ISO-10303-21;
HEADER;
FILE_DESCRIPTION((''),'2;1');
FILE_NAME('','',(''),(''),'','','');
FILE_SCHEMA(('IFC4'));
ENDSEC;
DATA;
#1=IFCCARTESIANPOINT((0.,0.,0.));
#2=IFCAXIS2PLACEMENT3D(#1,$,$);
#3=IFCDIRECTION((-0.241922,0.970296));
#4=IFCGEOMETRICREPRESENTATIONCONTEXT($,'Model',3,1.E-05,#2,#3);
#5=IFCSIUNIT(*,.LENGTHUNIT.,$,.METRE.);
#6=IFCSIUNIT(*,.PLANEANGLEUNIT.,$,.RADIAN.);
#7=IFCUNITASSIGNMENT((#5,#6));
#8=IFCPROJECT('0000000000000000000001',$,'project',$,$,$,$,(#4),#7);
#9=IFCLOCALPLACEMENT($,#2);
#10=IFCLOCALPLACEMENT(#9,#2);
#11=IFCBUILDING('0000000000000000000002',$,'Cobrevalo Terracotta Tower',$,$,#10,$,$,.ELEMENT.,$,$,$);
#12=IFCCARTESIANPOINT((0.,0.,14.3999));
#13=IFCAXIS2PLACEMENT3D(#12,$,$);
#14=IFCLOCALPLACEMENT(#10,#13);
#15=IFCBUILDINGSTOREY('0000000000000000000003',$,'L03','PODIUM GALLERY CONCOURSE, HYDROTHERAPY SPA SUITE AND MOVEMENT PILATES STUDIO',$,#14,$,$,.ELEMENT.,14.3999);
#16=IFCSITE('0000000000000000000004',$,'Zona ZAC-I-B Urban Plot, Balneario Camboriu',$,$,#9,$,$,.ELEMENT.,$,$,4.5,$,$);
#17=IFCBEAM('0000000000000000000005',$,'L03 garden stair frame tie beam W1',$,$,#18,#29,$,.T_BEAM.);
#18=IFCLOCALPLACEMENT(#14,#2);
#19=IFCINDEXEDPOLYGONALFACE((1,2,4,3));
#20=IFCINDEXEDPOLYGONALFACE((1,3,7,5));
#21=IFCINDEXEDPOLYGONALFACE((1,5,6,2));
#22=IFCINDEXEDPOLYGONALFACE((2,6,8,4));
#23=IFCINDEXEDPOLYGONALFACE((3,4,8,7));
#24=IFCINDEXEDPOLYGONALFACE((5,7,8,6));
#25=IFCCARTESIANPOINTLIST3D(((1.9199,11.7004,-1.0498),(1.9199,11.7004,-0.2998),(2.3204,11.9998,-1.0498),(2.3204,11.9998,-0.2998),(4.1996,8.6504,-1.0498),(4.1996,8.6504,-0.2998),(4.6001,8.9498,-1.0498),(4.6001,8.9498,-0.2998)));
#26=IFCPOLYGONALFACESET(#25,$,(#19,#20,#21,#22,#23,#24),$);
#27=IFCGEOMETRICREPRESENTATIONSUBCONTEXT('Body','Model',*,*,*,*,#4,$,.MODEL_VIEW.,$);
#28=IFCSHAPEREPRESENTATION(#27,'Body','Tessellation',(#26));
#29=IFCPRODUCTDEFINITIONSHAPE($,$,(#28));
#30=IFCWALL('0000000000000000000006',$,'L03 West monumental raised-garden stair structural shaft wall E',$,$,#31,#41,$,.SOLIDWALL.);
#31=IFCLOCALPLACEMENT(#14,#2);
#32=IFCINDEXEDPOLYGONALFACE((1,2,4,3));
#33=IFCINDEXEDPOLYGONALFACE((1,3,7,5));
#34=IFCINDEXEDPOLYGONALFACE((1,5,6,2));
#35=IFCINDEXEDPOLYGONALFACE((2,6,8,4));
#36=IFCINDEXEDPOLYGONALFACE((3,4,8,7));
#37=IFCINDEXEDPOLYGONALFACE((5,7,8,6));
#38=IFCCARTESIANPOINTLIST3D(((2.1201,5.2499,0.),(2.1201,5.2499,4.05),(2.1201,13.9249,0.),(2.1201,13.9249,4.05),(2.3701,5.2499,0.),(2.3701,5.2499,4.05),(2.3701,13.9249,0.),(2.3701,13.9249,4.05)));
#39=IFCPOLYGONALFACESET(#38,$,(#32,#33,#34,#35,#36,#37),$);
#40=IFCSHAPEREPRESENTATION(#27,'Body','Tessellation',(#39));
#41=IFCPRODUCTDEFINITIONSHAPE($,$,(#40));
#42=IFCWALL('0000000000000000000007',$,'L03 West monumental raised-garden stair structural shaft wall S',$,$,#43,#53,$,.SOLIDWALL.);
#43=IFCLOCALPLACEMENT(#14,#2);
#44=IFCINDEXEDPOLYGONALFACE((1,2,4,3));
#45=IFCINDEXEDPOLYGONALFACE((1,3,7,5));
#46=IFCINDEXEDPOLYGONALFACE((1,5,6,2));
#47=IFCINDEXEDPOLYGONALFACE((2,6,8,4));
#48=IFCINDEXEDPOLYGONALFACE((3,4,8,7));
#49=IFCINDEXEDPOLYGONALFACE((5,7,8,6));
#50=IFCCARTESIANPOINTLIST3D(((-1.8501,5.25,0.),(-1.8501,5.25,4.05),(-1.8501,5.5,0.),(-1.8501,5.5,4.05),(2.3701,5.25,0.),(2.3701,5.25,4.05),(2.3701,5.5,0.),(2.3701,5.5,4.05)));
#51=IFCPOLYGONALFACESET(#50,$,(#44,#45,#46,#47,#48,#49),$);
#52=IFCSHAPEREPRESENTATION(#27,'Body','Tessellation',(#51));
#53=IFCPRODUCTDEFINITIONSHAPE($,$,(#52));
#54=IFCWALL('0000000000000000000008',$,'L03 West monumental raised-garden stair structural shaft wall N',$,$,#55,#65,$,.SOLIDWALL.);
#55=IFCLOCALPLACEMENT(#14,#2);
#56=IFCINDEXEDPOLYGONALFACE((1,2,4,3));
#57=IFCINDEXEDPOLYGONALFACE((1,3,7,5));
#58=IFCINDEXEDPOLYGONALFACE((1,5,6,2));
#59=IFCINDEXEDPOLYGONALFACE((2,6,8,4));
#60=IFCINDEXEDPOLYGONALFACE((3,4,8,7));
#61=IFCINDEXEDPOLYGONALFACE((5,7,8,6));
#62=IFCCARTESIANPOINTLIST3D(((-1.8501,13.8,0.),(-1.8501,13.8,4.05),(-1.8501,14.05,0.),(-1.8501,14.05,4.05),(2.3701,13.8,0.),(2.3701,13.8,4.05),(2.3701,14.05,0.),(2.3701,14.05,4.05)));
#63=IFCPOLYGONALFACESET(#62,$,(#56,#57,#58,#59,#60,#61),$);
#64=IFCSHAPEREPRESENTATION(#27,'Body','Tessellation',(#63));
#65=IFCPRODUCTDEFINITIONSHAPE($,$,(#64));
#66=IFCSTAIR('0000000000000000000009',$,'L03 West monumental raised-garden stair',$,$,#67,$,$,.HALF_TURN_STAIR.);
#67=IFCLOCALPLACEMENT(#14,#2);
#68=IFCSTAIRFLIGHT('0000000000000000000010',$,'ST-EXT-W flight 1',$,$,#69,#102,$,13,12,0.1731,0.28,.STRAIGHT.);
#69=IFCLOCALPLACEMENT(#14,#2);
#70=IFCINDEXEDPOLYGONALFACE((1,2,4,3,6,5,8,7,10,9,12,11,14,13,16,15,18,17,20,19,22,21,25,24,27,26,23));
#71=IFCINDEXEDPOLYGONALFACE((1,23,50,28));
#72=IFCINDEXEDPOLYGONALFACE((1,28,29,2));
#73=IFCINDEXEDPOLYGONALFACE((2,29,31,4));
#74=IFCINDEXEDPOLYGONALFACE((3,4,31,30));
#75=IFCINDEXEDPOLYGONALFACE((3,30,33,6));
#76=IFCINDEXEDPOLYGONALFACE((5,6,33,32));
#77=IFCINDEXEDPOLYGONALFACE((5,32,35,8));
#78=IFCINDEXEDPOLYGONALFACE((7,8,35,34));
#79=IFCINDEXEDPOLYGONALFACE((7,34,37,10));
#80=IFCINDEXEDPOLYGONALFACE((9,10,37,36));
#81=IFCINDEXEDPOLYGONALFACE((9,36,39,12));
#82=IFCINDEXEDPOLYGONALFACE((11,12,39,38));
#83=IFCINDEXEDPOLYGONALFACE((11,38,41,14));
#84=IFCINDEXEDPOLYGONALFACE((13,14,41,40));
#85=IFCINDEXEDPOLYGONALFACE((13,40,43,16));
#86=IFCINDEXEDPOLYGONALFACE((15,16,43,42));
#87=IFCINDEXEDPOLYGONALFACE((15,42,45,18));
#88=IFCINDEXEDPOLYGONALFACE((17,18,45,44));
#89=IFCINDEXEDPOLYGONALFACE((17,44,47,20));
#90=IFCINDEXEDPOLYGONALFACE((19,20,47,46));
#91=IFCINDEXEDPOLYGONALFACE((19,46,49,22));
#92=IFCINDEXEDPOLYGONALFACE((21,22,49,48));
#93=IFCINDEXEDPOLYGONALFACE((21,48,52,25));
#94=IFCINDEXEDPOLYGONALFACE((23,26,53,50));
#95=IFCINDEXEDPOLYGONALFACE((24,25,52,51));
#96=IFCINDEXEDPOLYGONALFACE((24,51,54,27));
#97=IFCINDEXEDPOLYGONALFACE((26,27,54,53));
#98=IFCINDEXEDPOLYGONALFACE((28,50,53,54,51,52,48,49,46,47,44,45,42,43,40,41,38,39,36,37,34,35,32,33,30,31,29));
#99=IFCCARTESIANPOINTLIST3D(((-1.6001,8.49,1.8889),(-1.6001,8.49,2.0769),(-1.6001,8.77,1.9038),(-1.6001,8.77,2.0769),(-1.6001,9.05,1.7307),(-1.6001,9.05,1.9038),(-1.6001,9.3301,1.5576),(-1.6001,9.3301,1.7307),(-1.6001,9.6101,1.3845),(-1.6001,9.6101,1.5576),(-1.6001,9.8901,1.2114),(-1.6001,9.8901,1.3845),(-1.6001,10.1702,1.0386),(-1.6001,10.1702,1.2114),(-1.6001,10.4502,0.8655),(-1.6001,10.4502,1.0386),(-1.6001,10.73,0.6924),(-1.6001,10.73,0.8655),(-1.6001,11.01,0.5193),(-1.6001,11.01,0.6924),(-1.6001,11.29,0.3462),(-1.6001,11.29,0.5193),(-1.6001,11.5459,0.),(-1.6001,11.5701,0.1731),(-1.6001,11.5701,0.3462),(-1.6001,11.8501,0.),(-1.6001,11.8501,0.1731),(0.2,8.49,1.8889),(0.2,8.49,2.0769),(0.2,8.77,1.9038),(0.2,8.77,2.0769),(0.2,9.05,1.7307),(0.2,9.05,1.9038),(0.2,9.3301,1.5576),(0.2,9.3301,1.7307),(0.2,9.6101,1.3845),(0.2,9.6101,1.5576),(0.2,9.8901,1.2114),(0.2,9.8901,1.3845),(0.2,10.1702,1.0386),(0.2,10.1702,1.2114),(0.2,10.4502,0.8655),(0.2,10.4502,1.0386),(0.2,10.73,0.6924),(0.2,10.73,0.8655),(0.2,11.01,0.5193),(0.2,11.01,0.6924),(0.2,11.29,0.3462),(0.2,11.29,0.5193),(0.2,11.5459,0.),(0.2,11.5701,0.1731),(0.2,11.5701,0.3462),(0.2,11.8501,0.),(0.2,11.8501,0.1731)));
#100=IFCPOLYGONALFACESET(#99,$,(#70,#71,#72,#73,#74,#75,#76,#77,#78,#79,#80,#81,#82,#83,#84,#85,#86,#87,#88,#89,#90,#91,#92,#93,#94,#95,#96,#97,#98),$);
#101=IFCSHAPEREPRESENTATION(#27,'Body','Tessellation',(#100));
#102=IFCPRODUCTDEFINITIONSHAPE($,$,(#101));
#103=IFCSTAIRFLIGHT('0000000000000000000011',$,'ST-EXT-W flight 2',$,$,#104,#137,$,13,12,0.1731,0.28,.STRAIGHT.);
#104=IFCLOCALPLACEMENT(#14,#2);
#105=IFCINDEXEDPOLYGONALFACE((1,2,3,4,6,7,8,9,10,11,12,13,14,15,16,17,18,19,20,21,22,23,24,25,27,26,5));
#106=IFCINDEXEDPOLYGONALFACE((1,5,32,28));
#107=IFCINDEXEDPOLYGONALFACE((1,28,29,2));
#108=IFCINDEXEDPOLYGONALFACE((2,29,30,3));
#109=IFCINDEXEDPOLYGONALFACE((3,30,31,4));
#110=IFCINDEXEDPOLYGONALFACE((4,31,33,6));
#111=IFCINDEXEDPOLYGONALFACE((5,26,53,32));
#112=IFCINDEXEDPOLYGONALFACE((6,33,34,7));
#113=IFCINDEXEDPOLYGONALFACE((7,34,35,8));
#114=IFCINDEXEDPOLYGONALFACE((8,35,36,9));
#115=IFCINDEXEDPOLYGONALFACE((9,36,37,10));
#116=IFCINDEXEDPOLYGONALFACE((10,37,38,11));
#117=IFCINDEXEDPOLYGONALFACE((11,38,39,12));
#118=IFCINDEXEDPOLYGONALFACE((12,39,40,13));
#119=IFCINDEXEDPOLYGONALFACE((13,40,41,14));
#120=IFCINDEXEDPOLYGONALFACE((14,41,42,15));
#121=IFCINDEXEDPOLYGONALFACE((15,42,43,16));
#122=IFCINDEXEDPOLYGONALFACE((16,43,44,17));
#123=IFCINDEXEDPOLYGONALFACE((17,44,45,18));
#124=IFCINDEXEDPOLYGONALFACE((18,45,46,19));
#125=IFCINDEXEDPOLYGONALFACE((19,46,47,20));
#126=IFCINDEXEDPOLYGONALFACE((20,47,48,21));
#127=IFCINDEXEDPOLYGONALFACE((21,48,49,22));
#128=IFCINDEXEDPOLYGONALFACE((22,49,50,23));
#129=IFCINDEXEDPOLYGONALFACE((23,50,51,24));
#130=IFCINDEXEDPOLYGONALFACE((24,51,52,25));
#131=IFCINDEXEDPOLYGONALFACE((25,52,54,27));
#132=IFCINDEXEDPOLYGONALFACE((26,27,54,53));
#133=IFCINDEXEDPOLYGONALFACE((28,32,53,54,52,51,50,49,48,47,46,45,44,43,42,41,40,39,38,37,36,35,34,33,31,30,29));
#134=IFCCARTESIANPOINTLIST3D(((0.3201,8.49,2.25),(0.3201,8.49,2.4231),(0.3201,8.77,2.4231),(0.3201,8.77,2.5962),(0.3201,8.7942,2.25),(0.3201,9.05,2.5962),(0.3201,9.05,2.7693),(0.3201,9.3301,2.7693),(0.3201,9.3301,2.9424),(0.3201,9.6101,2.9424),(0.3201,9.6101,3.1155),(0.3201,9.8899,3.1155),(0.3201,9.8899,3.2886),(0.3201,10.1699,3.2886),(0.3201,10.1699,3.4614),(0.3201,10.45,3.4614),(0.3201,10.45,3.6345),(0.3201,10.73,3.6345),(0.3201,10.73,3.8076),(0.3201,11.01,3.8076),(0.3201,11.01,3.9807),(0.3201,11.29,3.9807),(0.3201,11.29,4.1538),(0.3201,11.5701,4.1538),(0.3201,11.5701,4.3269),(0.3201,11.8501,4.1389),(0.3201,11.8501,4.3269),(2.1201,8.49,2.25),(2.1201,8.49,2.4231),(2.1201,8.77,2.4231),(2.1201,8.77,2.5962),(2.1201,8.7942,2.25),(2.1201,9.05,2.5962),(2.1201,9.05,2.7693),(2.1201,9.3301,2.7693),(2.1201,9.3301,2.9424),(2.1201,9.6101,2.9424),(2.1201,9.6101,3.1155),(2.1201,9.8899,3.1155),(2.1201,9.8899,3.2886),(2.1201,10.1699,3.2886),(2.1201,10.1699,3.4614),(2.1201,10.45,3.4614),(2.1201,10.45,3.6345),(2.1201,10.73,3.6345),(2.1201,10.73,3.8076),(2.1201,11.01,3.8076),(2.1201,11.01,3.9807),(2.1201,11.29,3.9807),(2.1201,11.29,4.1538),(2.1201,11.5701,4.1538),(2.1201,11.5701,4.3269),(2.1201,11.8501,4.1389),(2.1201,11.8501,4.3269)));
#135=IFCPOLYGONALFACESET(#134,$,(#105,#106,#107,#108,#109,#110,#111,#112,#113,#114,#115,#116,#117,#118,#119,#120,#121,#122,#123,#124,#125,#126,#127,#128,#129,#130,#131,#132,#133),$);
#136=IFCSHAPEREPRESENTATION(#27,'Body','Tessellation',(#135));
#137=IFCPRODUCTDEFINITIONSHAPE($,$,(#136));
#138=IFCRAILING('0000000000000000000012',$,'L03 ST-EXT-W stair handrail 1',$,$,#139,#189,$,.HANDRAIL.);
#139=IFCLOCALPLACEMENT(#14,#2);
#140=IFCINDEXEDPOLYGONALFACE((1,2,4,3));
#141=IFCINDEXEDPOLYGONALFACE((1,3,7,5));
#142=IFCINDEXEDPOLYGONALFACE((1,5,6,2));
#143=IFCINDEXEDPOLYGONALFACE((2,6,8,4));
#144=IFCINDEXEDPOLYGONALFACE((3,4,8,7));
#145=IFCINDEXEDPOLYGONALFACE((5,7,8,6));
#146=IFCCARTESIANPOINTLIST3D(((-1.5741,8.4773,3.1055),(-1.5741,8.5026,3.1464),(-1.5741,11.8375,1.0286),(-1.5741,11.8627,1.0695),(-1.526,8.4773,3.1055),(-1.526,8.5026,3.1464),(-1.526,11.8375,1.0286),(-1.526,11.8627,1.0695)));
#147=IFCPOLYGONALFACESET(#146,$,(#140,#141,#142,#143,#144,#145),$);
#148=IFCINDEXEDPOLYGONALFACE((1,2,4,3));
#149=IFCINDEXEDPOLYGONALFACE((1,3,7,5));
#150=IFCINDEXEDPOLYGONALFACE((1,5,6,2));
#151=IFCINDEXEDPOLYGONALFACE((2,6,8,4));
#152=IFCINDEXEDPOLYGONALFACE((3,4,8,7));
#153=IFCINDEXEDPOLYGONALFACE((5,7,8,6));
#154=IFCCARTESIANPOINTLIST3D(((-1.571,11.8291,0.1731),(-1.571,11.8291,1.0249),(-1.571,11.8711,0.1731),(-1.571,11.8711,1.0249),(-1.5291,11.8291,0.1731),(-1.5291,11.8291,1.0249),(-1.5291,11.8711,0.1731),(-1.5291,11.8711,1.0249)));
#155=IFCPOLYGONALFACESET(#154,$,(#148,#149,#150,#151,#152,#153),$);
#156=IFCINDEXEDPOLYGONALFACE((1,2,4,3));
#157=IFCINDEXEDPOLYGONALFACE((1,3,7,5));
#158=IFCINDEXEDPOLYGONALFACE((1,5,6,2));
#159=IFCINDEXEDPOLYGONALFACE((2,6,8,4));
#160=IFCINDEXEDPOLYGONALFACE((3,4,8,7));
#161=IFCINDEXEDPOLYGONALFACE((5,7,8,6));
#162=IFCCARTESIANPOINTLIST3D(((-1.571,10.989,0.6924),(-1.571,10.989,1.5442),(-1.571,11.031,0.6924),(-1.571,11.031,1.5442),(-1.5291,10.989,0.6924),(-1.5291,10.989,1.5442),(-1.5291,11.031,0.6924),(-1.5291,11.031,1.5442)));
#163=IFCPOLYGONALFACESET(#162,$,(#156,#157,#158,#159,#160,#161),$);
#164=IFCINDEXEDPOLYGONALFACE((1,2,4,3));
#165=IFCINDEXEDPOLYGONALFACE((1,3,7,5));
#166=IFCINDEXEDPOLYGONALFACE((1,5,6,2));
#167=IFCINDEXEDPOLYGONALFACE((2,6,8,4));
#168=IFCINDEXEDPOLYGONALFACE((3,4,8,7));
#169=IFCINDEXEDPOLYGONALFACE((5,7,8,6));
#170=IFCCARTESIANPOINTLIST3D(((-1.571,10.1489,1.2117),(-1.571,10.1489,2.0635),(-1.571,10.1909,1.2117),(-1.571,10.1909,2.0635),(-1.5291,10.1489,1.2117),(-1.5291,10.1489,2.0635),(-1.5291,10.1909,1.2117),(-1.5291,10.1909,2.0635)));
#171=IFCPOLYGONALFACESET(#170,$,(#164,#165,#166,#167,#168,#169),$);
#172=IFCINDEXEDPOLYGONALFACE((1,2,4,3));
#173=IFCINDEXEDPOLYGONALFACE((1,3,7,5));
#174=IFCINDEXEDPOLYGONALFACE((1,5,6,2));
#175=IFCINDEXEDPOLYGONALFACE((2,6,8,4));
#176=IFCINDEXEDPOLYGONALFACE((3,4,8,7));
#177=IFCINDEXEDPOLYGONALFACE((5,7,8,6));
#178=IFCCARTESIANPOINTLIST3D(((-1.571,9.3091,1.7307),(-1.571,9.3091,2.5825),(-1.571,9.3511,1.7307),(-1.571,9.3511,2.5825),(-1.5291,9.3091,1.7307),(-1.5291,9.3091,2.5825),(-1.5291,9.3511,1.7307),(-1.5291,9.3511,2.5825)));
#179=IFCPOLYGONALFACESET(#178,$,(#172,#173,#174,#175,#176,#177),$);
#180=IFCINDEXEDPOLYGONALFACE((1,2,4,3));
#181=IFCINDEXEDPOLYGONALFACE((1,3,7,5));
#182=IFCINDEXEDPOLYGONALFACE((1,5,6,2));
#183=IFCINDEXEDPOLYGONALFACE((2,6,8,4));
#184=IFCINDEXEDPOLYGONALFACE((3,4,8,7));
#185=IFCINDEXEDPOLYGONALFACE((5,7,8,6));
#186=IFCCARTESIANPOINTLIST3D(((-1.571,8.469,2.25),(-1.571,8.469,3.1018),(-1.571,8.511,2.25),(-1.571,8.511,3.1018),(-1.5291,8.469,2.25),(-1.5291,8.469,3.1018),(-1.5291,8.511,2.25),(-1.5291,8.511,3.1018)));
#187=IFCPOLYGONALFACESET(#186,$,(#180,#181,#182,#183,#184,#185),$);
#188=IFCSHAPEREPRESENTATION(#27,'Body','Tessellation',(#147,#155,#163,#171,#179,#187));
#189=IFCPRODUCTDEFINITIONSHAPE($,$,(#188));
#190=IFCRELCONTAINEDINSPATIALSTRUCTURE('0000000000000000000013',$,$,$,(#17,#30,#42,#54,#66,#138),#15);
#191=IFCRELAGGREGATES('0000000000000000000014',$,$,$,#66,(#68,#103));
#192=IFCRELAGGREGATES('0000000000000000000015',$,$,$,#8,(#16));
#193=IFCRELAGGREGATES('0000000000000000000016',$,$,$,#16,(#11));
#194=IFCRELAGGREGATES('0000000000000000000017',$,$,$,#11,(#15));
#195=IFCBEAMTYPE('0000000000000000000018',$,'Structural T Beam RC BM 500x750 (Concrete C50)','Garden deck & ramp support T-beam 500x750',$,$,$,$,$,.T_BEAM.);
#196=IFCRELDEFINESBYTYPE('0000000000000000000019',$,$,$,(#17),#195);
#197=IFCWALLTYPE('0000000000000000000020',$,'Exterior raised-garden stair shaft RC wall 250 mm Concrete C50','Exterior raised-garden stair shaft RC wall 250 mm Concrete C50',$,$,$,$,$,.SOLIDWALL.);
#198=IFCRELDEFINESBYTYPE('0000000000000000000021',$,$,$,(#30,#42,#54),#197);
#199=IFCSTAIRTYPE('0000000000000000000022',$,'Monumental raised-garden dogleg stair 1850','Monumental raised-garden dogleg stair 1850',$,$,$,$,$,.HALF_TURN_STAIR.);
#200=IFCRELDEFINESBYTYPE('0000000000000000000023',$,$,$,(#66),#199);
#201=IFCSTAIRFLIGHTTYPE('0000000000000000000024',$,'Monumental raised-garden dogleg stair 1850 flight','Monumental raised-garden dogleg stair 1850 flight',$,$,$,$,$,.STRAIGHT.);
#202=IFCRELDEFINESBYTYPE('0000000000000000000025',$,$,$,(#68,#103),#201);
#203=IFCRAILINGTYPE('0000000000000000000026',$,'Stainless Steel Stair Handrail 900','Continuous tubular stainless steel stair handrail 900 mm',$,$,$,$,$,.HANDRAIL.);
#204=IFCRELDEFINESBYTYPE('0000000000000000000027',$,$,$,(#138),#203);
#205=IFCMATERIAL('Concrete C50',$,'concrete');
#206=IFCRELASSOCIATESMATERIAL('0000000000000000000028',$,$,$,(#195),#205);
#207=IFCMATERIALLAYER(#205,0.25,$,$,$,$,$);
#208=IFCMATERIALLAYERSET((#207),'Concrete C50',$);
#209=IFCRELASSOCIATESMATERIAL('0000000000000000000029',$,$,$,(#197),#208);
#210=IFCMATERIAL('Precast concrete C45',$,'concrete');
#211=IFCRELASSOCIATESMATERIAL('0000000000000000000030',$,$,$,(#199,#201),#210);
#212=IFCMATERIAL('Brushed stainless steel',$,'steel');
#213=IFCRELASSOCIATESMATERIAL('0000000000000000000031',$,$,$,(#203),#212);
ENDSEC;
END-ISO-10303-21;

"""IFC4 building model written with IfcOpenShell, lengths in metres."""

from ifc_helpers import new_model, si_unit, direction, frame, frame_2d, origin, origin_2d, place, context, subcontext, project, spatial, polyline, rectangle, outline, extrude, material, layer, layer_set, material_profile, profile_set, type_object, element, aggregate, save


model = new_model("IFC4")

# Units and contexts
model_context = context("Model", 3, precision=1e-05, world=origin(), true_north=direction((-0.241922, 0.970296)))
body_context = subcontext(model_context, "Body", "Model", "MODEL_VIEW")
ifc_project = project(units=[si_unit("LENGTHUNIT", "METRE"), si_unit("PLANEANGLEUNIT", "RADIAN")], contexts=[model_context])

# Site, building, storey
site_placement = place(None, origin())
site = spatial("IfcSite", under=ifc_project, at=site_placement, Name="Zona ZAC-I-B Urban Plot, Balneario Camboriu", CompositionType="ELEMENT", RefElevation=4.5)
building_placement = place(site_placement, origin())
building = spatial("IfcBuilding", under=site, at=building_placement, Name="Cobrevalo Terracotta Tower", CompositionType="ELEMENT")
storey_placement = place(building_placement, frame((0.0, 0.0, 14.3999)))
storey = spatial("IfcBuildingStorey", under=building, at=storey_placement, Name="L03", Description="PODIUM GALLERY CONCOURSE, HYDROTHERAPY SPA SUITE AND MOVEMENT PILATES STUDIO", CompositionType="ELEMENT", Elevation=14.3999)

# Shared definitions
ifc_material_1 = material(Name="Concrete C50", Category="concrete")

# Beam
ifc_material_profile_1 = material_profile(ifc_material_1, rectangle(XDim=0.5, YDim=0.75, at=origin_2d()), Name="RC BM 500x750")
ifc_profile_set_1 = profile_set([ifc_material_profile_1], Name="Concrete C50")
beam_type_1 = type_object("IfcBeamType", Name="Structural T Beam RC BM 500x750 (Concrete C50)", Description="Garden deck & ramp support T-beam 500x750", PredefinedType="T_BEAM", material=ifc_profile_set_1)
beam_1_placement = place(storey_placement, frame((2.1201, 11.8501, -0.6748), z_axis=(0.598696, -0.800976, 0.0), x_axis=(0.800976, 0.598696, 0.0)))
element("IfcBeam", 1, at=beam_1_placement, inside=storey, type_object=beam_type_1, Name="L03 garden stair frame tie beam W1", PredefinedType="T_BEAM", context=body_context, shape_type="SweptSolid", body=[
    extrude(rectangle(XDim=0.5, YDim=0.75, at=origin_2d()), origin(), (0.0, 0.0, 1.0), 3.8079),
])

# Walls
ifc_layer = layer(ifc_material_1, 0.25)
ifc_layer_set = layer_set([ifc_layer], Name="Concrete C50")
wall_type = type_object("IfcWallType", Name="Exterior raised-garden stair shaft RC wall 250 mm Concrete C50", Description="Exterior raised-garden stair shaft RC wall 250 mm Concrete C50", PredefinedType="SOLIDWALL", material=ifc_layer_set)
wall_placement = place(storey_placement, frame((2.2451, 5.25, 0.0), z_axis=(0.0, 0.0, 1.0), x_axis=(0.0, 1.0, 0.0)))
element("IfcWall", 2, at=wall_placement, inside=storey, type_object=wall_type, Name="L03 West monumental raised-garden stair structural shaft wall E", PredefinedType="SOLIDWALL", context=body_context, shape_type="SweptSolid", body=[
    extrude(rectangle(XDim=8.675, YDim=0.25, at=frame_2d((4.3374, 0.0))), origin(), (0.0, 0.0, 1.0), 4.05),
])
for number, where, z_axis, x_axis, name in (
    (3, (-1.8501, 5.375, 0.0), (0.0, 0.0, 1.0), (1.0, 0.0, 0.0), "L03 West monumental raised-garden stair structural shaft wall S"),
    (4, (-1.8501, 13.925, 0.0), (0.0, 0.0, 1.0), (1.0, 0.0, 0.0), "L03 West monumental raised-garden stair structural shaft wall N"),
):
    element("IfcWall", number, at=place(storey_placement, frame(where, z_axis=z_axis, x_axis=x_axis)), inside=storey, type_object=wall_type, Name=name, PredefinedType="SOLIDWALL", context=body_context, shape_type="SweptSolid", body=[
        extrude(rectangle(XDim=4.2202, YDim=0.25, at=frame_2d((2.1101, 0.0))), origin(), (0.0, 0.0, 1.0), 4.05),
    ])

# Stair, stair flights
ifc_material_2 = material(Name="Precast concrete C45", Category="concrete")
stair_type = type_object("IfcStairType", Name="Monumental raised-garden dogleg stair 1850", Description="Monumental raised-garden dogleg stair 1850", PredefinedType="HALF_TURN_STAIR", material=ifc_material_2)
stair_placement = place(storey_placement, origin())
stair = element("IfcStair", 5, at=stair_placement, inside=storey, type_object=stair_type, Name="L03 West monumental raised-garden stair", PredefinedType="HALF_TURN_STAIR")
stair_flight_type = type_object("IfcStairFlightType", Name="Monumental raised-garden dogleg stair 1850 flight", Description="Monumental raised-garden dogleg stair 1850 flight", PredefinedType="STRAIGHT", material=ifc_material_2)
stair_flight_1_placement = place(storey_placement, frame((-0.7, 11.8501, 0.0), z_axis=(0.0, 0.0, 1.0), x_axis=(0.0, -1.0, 0.0)))
stair_flight_1 = element("IfcStairFlight", 6, at=stair_flight_1_placement, type_object=stair_flight_type, Name="ST-EXT-W flight 1", NumberOfRisers=13, NumberOfTreads=12, PredefinedType="STRAIGHT", RiserHeight=0.1731, TreadLength=0.28, context=body_context, shape_type="SweptSolid", body=[
    extrude(outline(polyline([(0.0, 0.0), (0.0, 0.1731), (0.28, 0.1731), (0.28, 0.3462), (0.5601, 0.3462), (0.5601, 0.5193), (0.8401, 0.5193), (0.8401, 0.6924), (1.1201, 0.6924), (1.1201, 0.8655), (1.3999, 0.8655), (1.3999, 1.0386), (1.6799, 1.0386), (1.6799, 1.2114), (1.96, 1.2114), (1.96, 1.3845), (2.24, 1.3845), (2.24, 1.5576), (2.52, 1.5576), (2.52, 1.7307), (2.8, 1.7307), (2.8, 1.9038), (3.0801, 1.9038), (3.0801, 2.0769), (3.3601, 2.0769), (3.3601, 2.25), (3.3601, 1.8889), (0.3042, 0.0), (0.0, 0.0)])), frame((0.0, 0.8999, 0.0), z_axis=(0.0, -1.0, 0.0), x_axis=(1.0, 0.0, 0.0)), (0.0, 0.0, 1.0), 1.8),
])
stair_flight_2_placement = place(storey_placement, frame((1.22, 8.49, 2.25), z_axis=(0.0, 0.0, 1.0), x_axis=(0.0, 1.0, 0.0)))
stair_flight_2 = element("IfcStairFlight", 7, at=stair_flight_2_placement, type_object=stair_flight_type, Name="ST-EXT-W flight 2", NumberOfRisers=13, NumberOfTreads=12, PredefinedType="STRAIGHT", RiserHeight=0.1731, TreadLength=0.28, context=body_context, shape_type="SweptSolid", body=[
    extrude(outline(polyline([(0.0, 0.0), (0.0, 0.1731), (0.28, 0.1731), (0.28, 0.3462), (0.5601, 0.3462), (0.5601, 0.5193), (0.8401, 0.5193), (0.8401, 0.6924), (1.1201, 0.6924), (1.1201, 0.8655), (1.3999, 0.8655), (1.3999, 1.0386), (1.6799, 1.0386), (1.6799, 1.2114), (1.96, 1.2114), (1.96, 1.3845), (2.24, 1.3845), (2.24, 1.5576), (2.52, 1.5576), (2.52, 1.7307), (2.8, 1.7307), (2.8, 1.9038), (3.0801, 1.9038), (3.0801, 2.0769), (3.3601, 2.0769), (3.3601, 2.25), (3.3601, 1.8889), (0.3042, 0.0), (0.0, 0.0)])), frame((0.0, 0.8999, 0.0), z_axis=(0.0, -1.0, 0.0), x_axis=(1.0, 0.0, 0.0)), (0.0, 0.0, 1.0), 1.8),
])
aggregate(stair, [stair_flight_1, stair_flight_2])

# Railing
ifc_material_3 = material(Name="Brushed stainless steel", Category="steel")
railing_type_1 = type_object("IfcRailingType", Name="Stainless Steel Stair Handrail 900", Description="Continuous tubular stainless steel stair handrail 900 mm", PredefinedType="HANDRAIL", material=ifc_material_3)
railing_1_placement = place(storey_placement, frame((-1.55, 11.8501, 0.1731)))
element("IfcRailing", 8, at=railing_1_placement, inside=storey, type_object=railing_type_1, Name="L03 ST-EXT-W stair handrail 1", PredefinedType="HANDRAIL", context=body_context, shape_type="SweptSolid", body=[
    extrude(rectangle(XDim=0.0481, YDim=0.0481, at=origin_2d()), frame((0.0, 0.0, 0.876), z_axis=(0.0, -0.850623, 0.525776), x_axis=(1.0, 0.0, 0.0)), (0.0, 0.0, 1.0), 3.9502),
    extrude(rectangle(XDim=0.042, YDim=0.042, at=origin_2d()), origin(), (0.0, 0.0, 1.0), 0.8518),
    extrude(rectangle(XDim=0.042, YDim=0.042, at=origin_2d()), frame((0.0, -0.8401, 0.5193)), (0.0, 0.0, 1.0), 0.8518),
    extrude(rectangle(XDim=0.042, YDim=0.042, at=origin_2d()), frame((0.0, -1.6802, 1.0386)), (0.0, 0.0, 1.0), 0.8518),
    extrude(rectangle(XDim=0.042, YDim=0.042, at=origin_2d()), frame((0.0, -2.52, 1.5576)), (0.0, 0.0, 1.0), 0.8518),
    extrude(rectangle(XDim=0.042, YDim=0.042, at=origin_2d()), frame((0.0, -3.3601, 2.0769)), (0.0, 0.0, 1.0), 0.8518),
])

save(model, "model.ifc")
